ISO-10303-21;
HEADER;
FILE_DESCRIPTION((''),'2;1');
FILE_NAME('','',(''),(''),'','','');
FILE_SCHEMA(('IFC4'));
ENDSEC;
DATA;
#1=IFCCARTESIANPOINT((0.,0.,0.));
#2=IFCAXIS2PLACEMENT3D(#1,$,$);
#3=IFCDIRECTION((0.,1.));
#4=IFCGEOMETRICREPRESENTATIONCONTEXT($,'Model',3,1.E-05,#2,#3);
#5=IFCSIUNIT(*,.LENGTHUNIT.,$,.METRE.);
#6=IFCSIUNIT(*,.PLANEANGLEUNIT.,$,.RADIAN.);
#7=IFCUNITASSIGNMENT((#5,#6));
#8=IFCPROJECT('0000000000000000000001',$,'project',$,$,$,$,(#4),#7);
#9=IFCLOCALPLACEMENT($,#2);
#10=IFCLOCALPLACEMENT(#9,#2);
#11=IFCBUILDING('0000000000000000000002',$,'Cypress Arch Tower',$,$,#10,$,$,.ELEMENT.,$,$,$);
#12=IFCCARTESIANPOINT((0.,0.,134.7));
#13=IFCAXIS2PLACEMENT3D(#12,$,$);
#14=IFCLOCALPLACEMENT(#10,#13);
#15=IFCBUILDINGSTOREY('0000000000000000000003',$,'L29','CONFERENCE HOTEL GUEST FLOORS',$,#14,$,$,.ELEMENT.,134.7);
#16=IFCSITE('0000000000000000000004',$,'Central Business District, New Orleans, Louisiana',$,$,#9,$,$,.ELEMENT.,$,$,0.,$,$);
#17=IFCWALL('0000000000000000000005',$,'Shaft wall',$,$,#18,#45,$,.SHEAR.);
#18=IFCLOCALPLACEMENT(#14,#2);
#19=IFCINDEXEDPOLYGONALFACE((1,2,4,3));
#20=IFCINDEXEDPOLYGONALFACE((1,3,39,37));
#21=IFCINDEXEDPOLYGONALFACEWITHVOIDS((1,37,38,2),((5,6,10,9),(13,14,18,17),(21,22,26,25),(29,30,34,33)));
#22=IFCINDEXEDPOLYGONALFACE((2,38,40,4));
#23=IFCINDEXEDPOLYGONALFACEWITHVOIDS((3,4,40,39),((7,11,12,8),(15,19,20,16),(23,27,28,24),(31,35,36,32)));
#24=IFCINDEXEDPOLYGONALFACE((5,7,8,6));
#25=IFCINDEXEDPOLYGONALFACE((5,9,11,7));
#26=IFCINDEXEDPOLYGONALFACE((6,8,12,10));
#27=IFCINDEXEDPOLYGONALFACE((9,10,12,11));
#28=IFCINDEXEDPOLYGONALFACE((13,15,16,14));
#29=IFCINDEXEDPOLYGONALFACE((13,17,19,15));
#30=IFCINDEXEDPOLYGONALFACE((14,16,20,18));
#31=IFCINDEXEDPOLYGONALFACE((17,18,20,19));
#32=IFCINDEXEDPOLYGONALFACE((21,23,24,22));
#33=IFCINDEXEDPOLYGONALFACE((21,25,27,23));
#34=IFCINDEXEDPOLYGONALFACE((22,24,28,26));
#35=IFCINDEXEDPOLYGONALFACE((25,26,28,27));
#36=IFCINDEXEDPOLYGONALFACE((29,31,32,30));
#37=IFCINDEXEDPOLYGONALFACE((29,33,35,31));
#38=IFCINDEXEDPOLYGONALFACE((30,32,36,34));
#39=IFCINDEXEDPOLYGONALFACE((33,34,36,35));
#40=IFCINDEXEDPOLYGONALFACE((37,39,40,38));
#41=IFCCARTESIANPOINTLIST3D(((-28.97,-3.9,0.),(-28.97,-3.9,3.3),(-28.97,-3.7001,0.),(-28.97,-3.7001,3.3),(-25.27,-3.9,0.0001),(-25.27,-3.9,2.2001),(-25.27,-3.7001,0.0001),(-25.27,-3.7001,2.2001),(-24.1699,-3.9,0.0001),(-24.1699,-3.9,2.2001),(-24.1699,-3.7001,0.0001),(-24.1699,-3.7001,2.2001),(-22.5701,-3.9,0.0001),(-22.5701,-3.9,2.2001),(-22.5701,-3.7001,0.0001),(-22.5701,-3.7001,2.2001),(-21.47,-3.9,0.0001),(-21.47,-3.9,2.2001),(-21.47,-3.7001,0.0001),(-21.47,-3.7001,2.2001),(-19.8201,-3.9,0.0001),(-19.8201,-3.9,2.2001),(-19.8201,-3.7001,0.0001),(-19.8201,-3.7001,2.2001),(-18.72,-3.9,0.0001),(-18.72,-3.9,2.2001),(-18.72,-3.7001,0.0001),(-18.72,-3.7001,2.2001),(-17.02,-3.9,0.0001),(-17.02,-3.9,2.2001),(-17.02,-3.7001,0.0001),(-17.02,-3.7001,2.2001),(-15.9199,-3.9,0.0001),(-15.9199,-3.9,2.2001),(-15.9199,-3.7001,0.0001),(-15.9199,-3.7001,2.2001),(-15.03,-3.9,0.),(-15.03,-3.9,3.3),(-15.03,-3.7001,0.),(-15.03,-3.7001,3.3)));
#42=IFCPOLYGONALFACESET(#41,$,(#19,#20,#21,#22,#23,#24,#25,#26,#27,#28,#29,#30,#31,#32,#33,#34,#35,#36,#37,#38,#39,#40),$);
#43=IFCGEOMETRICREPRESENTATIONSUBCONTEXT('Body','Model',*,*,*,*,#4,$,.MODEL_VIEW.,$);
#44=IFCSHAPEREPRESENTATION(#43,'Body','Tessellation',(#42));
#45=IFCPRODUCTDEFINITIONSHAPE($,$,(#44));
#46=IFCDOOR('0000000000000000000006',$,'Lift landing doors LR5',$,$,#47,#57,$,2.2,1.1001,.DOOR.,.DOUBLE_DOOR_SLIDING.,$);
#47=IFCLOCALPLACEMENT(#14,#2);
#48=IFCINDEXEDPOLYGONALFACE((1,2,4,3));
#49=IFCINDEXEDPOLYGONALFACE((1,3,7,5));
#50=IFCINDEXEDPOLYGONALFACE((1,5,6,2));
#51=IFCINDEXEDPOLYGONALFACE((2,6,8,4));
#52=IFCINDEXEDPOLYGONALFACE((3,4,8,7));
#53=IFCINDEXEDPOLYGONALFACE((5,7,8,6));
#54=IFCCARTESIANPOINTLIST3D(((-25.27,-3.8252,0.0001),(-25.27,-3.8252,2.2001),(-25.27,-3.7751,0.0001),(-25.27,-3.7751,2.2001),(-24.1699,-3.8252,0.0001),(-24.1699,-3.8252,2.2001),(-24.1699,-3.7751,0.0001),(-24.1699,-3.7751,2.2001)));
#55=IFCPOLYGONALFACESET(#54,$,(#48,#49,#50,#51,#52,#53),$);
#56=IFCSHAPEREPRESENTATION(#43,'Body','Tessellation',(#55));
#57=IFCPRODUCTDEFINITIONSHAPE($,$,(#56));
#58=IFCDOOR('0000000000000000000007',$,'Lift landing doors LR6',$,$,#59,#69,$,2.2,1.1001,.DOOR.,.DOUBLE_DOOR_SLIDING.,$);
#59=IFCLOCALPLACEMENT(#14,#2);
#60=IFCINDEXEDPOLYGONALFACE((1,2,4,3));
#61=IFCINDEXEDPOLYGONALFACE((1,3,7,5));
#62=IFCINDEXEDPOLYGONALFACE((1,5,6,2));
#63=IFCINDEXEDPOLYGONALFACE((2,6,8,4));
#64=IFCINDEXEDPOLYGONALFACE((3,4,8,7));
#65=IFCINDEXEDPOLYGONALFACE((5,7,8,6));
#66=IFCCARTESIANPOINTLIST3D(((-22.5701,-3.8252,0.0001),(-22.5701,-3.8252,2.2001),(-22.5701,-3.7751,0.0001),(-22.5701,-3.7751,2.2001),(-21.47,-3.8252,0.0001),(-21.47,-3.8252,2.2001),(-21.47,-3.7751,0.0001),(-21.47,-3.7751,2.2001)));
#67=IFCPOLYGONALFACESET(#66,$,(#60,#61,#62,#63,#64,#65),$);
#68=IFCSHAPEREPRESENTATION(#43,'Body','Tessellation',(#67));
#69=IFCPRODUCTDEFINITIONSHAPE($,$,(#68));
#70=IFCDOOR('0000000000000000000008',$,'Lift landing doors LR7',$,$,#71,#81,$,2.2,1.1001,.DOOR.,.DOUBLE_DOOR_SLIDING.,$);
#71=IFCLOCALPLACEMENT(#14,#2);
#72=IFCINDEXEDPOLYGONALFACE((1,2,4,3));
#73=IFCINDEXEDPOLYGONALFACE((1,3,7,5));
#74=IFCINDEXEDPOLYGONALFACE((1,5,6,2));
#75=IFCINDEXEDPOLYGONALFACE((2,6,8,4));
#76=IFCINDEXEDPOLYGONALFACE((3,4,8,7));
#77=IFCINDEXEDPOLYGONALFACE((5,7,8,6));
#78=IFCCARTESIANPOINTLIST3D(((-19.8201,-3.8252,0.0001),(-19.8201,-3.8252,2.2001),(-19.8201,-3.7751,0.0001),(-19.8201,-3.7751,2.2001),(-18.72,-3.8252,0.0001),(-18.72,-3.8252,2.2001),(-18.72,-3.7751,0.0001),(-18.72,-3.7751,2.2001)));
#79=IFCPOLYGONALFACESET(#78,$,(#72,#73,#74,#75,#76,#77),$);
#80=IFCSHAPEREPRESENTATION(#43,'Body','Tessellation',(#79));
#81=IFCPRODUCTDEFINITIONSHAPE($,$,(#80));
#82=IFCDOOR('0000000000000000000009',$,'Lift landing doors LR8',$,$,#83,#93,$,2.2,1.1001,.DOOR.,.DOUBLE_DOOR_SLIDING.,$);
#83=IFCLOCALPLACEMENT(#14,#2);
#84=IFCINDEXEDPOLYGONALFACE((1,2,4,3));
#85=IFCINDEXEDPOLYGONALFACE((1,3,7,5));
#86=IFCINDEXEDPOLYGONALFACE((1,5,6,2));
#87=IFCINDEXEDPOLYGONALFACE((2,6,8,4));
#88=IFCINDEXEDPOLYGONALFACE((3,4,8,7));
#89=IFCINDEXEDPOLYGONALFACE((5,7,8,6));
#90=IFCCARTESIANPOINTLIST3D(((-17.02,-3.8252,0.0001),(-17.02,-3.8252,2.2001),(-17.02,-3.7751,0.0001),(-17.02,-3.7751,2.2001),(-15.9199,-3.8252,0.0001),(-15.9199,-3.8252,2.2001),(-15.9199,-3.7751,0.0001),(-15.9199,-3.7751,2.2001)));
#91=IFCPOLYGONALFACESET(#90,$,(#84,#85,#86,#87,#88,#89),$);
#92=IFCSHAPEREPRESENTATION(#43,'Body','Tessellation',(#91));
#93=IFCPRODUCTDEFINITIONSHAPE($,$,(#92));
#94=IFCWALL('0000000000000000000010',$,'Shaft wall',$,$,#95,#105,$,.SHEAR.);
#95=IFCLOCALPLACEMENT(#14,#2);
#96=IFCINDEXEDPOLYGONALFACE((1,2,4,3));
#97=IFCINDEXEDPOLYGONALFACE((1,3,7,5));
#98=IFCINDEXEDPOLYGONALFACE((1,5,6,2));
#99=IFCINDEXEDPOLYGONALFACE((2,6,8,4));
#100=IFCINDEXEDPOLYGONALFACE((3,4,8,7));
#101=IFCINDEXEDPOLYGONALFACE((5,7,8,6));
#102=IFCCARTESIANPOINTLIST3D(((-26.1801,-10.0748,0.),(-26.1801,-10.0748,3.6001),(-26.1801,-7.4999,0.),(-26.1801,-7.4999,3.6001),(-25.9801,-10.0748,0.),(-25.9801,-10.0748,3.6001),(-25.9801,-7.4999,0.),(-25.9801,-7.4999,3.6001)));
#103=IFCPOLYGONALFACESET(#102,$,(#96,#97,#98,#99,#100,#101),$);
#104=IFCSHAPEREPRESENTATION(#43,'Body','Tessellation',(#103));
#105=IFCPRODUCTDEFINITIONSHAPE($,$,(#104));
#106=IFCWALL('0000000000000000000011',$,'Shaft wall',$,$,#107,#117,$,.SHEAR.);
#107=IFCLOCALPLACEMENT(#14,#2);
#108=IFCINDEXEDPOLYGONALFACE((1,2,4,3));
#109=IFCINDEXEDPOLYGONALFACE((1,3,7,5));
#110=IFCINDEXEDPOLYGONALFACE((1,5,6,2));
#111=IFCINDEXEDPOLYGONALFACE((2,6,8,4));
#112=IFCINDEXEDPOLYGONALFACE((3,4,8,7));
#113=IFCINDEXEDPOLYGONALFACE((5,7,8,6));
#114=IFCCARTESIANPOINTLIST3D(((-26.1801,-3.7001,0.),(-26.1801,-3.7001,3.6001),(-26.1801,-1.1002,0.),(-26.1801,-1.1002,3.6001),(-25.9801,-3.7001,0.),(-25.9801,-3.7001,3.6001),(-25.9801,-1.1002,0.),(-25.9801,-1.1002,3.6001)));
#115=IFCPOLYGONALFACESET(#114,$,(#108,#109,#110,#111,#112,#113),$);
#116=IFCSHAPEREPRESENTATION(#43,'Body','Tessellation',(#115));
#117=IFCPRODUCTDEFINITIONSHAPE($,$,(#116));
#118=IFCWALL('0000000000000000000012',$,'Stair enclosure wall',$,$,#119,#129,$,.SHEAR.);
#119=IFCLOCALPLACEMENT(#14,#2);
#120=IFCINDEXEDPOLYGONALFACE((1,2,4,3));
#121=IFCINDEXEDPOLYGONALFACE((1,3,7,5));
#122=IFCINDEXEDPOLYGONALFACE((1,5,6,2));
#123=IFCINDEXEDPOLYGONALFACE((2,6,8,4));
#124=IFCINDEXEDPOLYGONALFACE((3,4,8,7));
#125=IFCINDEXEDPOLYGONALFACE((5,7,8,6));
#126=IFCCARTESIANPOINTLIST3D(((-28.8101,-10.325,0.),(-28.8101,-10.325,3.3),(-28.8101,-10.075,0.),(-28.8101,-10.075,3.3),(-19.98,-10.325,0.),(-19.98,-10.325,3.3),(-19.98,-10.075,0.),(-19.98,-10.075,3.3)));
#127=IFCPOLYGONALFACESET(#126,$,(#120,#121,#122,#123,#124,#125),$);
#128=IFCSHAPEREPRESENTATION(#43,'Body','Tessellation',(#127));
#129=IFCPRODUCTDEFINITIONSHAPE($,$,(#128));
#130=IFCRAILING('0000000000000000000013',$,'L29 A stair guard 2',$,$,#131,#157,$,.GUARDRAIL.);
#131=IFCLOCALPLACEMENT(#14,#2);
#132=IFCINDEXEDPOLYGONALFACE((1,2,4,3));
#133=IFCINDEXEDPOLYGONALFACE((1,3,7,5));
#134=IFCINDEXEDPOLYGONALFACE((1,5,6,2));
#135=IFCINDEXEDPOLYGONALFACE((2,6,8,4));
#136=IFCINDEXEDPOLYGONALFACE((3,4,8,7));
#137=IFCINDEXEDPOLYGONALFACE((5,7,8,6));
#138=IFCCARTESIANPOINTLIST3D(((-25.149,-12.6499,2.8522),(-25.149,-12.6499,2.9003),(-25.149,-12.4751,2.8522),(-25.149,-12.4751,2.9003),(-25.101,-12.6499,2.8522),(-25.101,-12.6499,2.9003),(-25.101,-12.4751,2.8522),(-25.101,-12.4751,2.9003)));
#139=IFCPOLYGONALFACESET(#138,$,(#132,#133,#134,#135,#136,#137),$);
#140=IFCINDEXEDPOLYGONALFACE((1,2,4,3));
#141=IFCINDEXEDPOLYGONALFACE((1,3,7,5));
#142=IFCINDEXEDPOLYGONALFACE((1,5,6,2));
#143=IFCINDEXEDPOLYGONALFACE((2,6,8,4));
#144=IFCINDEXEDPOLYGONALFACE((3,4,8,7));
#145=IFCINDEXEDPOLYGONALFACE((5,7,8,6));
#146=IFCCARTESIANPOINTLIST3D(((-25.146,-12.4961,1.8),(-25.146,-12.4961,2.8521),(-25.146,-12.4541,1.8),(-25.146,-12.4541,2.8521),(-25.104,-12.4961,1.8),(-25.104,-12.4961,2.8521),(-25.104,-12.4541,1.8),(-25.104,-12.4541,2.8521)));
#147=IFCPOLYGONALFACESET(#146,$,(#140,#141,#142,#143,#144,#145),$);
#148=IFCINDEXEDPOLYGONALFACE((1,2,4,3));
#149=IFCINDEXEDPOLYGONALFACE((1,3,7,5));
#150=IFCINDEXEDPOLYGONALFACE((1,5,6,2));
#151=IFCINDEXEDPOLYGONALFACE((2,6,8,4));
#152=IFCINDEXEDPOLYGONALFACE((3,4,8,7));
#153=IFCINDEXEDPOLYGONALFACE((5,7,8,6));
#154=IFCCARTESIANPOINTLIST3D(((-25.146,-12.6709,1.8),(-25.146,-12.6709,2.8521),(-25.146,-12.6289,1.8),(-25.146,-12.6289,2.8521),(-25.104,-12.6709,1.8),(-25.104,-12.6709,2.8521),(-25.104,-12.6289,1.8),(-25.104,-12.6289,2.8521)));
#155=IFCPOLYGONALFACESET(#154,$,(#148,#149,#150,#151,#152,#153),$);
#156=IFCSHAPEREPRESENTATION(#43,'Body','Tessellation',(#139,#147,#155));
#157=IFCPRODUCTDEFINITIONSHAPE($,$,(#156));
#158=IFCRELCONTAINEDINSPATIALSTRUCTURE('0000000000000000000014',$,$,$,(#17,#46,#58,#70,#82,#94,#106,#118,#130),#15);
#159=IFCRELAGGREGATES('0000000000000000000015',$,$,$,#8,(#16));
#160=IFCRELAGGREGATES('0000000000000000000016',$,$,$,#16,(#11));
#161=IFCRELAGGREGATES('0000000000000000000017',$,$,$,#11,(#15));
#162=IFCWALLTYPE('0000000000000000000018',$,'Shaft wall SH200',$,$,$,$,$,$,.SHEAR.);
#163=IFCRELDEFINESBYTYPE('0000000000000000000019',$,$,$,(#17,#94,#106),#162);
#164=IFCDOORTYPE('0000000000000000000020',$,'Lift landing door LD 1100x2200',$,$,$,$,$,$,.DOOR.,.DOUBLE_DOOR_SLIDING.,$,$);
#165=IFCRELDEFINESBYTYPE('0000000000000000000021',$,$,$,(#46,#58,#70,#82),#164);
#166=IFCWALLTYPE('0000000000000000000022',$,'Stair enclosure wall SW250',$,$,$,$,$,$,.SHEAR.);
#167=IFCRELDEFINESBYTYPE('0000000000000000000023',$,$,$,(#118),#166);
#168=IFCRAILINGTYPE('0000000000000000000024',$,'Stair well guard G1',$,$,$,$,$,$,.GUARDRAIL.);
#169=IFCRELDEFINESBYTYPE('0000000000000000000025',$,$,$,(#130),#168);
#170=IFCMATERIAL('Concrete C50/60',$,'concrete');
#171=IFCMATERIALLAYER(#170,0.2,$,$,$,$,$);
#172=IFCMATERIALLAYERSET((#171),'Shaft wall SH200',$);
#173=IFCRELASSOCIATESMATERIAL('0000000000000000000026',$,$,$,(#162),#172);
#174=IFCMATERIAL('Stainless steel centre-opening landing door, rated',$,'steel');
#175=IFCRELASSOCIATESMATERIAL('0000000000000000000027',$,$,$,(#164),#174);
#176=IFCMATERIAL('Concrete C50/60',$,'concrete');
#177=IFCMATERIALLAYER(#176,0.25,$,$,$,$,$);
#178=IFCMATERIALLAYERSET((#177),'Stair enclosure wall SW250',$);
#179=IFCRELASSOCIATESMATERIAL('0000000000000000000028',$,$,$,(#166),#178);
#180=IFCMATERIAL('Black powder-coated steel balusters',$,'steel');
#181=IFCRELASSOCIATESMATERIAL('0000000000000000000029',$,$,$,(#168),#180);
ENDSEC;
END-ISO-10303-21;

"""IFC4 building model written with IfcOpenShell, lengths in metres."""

from ifc_helpers import new_model, si_unit, direction, frame, frame_2d, origin, origin_2d, place, context, subcontext, project, spatial, rectangle, extrude, material, layer, layer_set, type_object, element, fill, save


model = new_model("IFC4")

# Units and contexts
model_context = context("Model", 3, precision=1e-05, world=origin(), true_north=direction((0.0, 1.0)))
body_context = subcontext(model_context, "Body", "Model", "MODEL_VIEW")
ifc_project = project(units=[si_unit("LENGTHUNIT", "METRE"), si_unit("PLANEANGLEUNIT", "RADIAN")], contexts=[model_context])

# Site, building, storey
site_placement = place(None, origin())
site = spatial("IfcSite", under=ifc_project, at=site_placement, Name="Central Business District, New Orleans, Louisiana", CompositionType="ELEMENT", RefElevation=0.0)
building_placement = place(site_placement, origin())
building = spatial("IfcBuilding", under=site, at=building_placement, Name="Cypress Arch Tower", CompositionType="ELEMENT")
storey_placement = place(building_placement, frame((0.0, 0.0, 134.7)))
storey = spatial("IfcBuildingStorey", under=building, at=storey_placement, Name="L29", Description="CONFERENCE HOTEL GUEST FLOORS", CompositionType="ELEMENT", Elevation=134.7)

# Wall, openings, doors
ifc_material_1 = material(Name="Concrete C50/60", Category="concrete")
ifc_layer_1 = layer(ifc_material_1, 0.2)
ifc_layer_set_1 = layer_set([ifc_layer_1], Name="Shaft wall SH200")
wall_type_1 = type_object("IfcWallType", Name="Shaft wall SH200", PredefinedType="SHEAR", material=ifc_layer_set_1)
ifc_material_2 = material(Name="Stainless steel centre-opening landing door, rated", Category="steel")
door_type_1 = type_object("IfcDoorType", Name="Lift landing door LD 1100x2200", OperationType="DOUBLE_DOOR_SLIDING", PredefinedType="DOOR", material=ifc_material_2)
wall_1_placement = place(storey_placement, frame((-28.97, -3.8, 0.0), z_axis=(0.0, 0.0, 1.0), x_axis=(1.0, 0.0, 0.0)))
wall_1 = element("IfcWall", 1, at=wall_1_placement, inside=storey, type_object=wall_type_1, Name="Shaft wall", PredefinedType="SHEAR", context=body_context, shape_type="SweptSolid", body=[
    extrude(rectangle(XDim=13.9399, YDim=0.2, at=frame_2d((6.97, 0.0))), origin(), (0.0, 0.0, 1.0), 3.3),
])
opening_1_placement = place(wall_1_placement, frame((3.7, 0.0, 0.0)))
opening_1 = element("IfcOpeningElement", 2, at=opening_1_placement, cuts=wall_1, PredefinedType="OPENING", context=body_context, shape_type="SweptSolid", body=[
    extrude(rectangle(XDim=1.1001, YDim=2.2, at=frame_2d((0.55, 1.1001))), frame((0.0, 0.1099, 0.0), z_axis=(0.0, -1.0, 0.0), x_axis=(1.0, 0.0, 0.0)), (0.0, 0.0, 1.0), 0.22),
])
opening_2_placement = place(wall_1_placement, frame((6.3999, 0.0, 0.0)))
opening_2 = element("IfcOpeningElement", 3, at=opening_2_placement, cuts=wall_1, PredefinedType="OPENING", context=body_context, shape_type="SweptSolid", body=[
    extrude(rectangle(XDim=1.1001, YDim=2.2, at=frame_2d((0.55, 1.1001))), frame((0.0, 0.1099, 0.0), z_axis=(0.0, -1.0, 0.0), x_axis=(1.0, 0.0, 0.0)), (0.0, 0.0, 1.0), 0.22),
])
opening_3_placement = place(wall_1_placement, frame((9.1499, 0.0, 0.0)))
opening_3 = element("IfcOpeningElement", 4, at=opening_3_placement, cuts=wall_1, PredefinedType="OPENING", context=body_context, shape_type="SweptSolid", body=[
    extrude(rectangle(XDim=1.1001, YDim=2.2, at=frame_2d((0.55, 1.1001))), frame((0.0, 0.1099, 0.0), z_axis=(0.0, -1.0, 0.0), x_axis=(1.0, 0.0, 0.0)), (0.0, 0.0, 1.0), 0.22),
])
opening_4_placement = place(wall_1_placement, frame((11.95, 0.0, 0.0)))
opening_4 = element("IfcOpeningElement", 5, at=opening_4_placement, cuts=wall_1, PredefinedType="OPENING", context=body_context, shape_type="SweptSolid", body=[
    extrude(rectangle(XDim=1.1001, YDim=2.2, at=frame_2d((0.55, 1.1001))), frame((0.0, 0.1099, 0.0), z_axis=(0.0, -1.0, 0.0), x_axis=(1.0, 0.0, 0.0)), (0.0, 0.0, 1.0), 0.22),
])
door_1_placement = place(opening_1_placement, origin())
door_1 = element("IfcDoor", 6, at=door_1_placement, inside=storey, type_object=door_type_1, Name="Lift landing doors LR5", OperationType="DOUBLE_DOOR_SLIDING", OverallHeight=2.2, OverallWidth=1.1001, PredefinedType="DOOR", context=body_context, shape_type="SweptSolid", body=[
    extrude(rectangle(XDim=1.1001, YDim=2.2, at=frame_2d((0.55, 1.1001))), frame((0.0, 0.0249, 0.0), z_axis=(0.0, -1.0, 0.0), x_axis=(1.0, 0.0, 0.0)), (0.0, 0.0, 1.0), 0.05),
])
fill(opening_1, door_1)
door_2_placement = place(opening_2_placement, origin())
door_2 = element("IfcDoor", 7, at=door_2_placement, inside=storey, type_object=door_type_1, Name="Lift landing doors LR6", OperationType="DOUBLE_DOOR_SLIDING", OverallHeight=2.2, OverallWidth=1.1001, PredefinedType="DOOR", context=body_context, shape_type="SweptSolid", body=[
    extrude(rectangle(XDim=1.1001, YDim=2.2, at=frame_2d((0.55, 1.1001))), frame((0.0, 0.0249, 0.0), z_axis=(0.0, -1.0, 0.0), x_axis=(1.0, 0.0, 0.0)), (0.0, 0.0, 1.0), 0.05),
])
fill(opening_2, door_2)
door_3_placement = place(opening_3_placement, origin())
door_3 = element("IfcDoor", 8, at=door_3_placement, inside=storey, type_object=door_type_1, Name="Lift landing doors LR7", OperationType="DOUBLE_DOOR_SLIDING", OverallHeight=2.2, OverallWidth=1.1001, PredefinedType="DOOR", context=body_context, shape_type="SweptSolid", body=[
    extrude(rectangle(XDim=1.1001, YDim=2.2, at=frame_2d((0.55, 1.1001))), frame((0.0, 0.0249, 0.0), z_axis=(0.0, -1.0, 0.0), x_axis=(1.0, 0.0, 0.0)), (0.0, 0.0, 1.0), 0.05),
])
fill(opening_3, door_3)
door_4_placement = place(opening_4_placement, origin())
door_4 = element("IfcDoor", 9, at=door_4_placement, inside=storey, type_object=door_type_1, Name="Lift landing doors LR8", OperationType="DOUBLE_DOOR_SLIDING", OverallHeight=2.2, OverallWidth=1.1001, PredefinedType="DOOR", context=body_context, shape_type="SweptSolid", body=[
    extrude(rectangle(XDim=1.1001, YDim=2.2, at=frame_2d((0.55, 1.1001))), frame((0.0, 0.0249, 0.0), z_axis=(0.0, -1.0, 0.0), x_axis=(1.0, 0.0, 0.0)), (0.0, 0.0, 1.0), 0.05),
])
fill(opening_4, door_4)

# Walls
wall_2_placement = place(storey_placement, frame((-26.0801, -10.075, 0.0), z_axis=(0.0, 0.0, 1.0), x_axis=(0.0, 1.0, 0.0)))
element("IfcWall", 10, at=wall_2_placement, inside=storey, type_object=wall_type_1, Name="Shaft wall", PredefinedType="SHEAR", context=body_context, shape_type="SweptSolid", body=[
    extrude(rectangle(XDim=2.575, YDim=0.2, at=frame_2d((1.2876, 0.0))), origin(), (0.0, 0.0, 1.0), 3.6001),
])
wall_3_placement = place(storey_placement, frame((-26.0801, -3.7, 0.0), z_axis=(0.0, 0.0, 1.0), x_axis=(0.0, 1.0, 0.0)))
element("IfcWall", 11, at=wall_3_placement, inside=storey, type_object=wall_type_1, Name="Shaft wall", PredefinedType="SHEAR", context=body_context, shape_type="SweptSolid", body=[
    extrude(rectangle(XDim=2.5999, YDim=0.2, at=frame_2d((1.2998, 0.0))), origin(), (0.0, 0.0, 1.0), 3.6001),
])
ifc_material_3 = material(Name="Concrete C50/60", Category="concrete")
ifc_layer_2 = layer(ifc_material_3, 0.25)
ifc_layer_set_2 = layer_set([ifc_layer_2], Name="Stair enclosure wall SW250")
wall_type_2 = type_object("IfcWallType", Name="Stair enclosure wall SW250", PredefinedType="SHEAR", material=ifc_layer_set_2)
wall_4_placement = place(storey_placement, frame((-28.8101, -10.2, 0.0), z_axis=(0.0, 0.0, 1.0), x_axis=(1.0, 0.0, 0.0)))
element("IfcWall", 12, at=wall_4_placement, inside=storey, type_object=wall_type_2, Name="Stair enclosure wall", PredefinedType="SHEAR", context=body_context, shape_type="SweptSolid", body=[
    extrude(rectangle(XDim=8.8301, YDim=0.25, at=frame_2d((4.415, 0.0))), origin(), (0.0, 0.0, 1.0), 3.3),
])

# Railing
ifc_material_4 = material(Name="Black powder-coated steel balusters", Category="steel")
railing_type = type_object("IfcRailingType", Name="Stair well guard G1", PredefinedType="GUARDRAIL", material=ifc_material_4)
railing_placement = place(storey_placement, frame((-25.125, -12.4751, 1.8)))
element("IfcRailing", 13, at=railing_placement, inside=storey, type_object=railing_type, Name="L29 A stair guard 2", PredefinedType="GUARDRAIL", context=body_context, shape_type="SweptSolid", body=[
    extrude(rectangle(XDim=0.0481, YDim=0.0481, at=origin_2d()), frame((0.0, 0.0, 1.0762), z_axis=(0.0, -1.0, 0.0), x_axis=(1.0, 0.0, 0.0)), (0.0, 0.0, 1.0), 0.1748),
    extrude(rectangle(XDim=0.042, YDim=0.042, at=origin_2d()), origin(), (0.0, 0.0, 1.0), 1.052),
    extrude(rectangle(XDim=0.042, YDim=0.042, at=origin_2d()), frame((0.0, -0.1748, 0.0)), (0.0, 0.0, 1.0), 1.052),
])

save(model, "model.ifc")
